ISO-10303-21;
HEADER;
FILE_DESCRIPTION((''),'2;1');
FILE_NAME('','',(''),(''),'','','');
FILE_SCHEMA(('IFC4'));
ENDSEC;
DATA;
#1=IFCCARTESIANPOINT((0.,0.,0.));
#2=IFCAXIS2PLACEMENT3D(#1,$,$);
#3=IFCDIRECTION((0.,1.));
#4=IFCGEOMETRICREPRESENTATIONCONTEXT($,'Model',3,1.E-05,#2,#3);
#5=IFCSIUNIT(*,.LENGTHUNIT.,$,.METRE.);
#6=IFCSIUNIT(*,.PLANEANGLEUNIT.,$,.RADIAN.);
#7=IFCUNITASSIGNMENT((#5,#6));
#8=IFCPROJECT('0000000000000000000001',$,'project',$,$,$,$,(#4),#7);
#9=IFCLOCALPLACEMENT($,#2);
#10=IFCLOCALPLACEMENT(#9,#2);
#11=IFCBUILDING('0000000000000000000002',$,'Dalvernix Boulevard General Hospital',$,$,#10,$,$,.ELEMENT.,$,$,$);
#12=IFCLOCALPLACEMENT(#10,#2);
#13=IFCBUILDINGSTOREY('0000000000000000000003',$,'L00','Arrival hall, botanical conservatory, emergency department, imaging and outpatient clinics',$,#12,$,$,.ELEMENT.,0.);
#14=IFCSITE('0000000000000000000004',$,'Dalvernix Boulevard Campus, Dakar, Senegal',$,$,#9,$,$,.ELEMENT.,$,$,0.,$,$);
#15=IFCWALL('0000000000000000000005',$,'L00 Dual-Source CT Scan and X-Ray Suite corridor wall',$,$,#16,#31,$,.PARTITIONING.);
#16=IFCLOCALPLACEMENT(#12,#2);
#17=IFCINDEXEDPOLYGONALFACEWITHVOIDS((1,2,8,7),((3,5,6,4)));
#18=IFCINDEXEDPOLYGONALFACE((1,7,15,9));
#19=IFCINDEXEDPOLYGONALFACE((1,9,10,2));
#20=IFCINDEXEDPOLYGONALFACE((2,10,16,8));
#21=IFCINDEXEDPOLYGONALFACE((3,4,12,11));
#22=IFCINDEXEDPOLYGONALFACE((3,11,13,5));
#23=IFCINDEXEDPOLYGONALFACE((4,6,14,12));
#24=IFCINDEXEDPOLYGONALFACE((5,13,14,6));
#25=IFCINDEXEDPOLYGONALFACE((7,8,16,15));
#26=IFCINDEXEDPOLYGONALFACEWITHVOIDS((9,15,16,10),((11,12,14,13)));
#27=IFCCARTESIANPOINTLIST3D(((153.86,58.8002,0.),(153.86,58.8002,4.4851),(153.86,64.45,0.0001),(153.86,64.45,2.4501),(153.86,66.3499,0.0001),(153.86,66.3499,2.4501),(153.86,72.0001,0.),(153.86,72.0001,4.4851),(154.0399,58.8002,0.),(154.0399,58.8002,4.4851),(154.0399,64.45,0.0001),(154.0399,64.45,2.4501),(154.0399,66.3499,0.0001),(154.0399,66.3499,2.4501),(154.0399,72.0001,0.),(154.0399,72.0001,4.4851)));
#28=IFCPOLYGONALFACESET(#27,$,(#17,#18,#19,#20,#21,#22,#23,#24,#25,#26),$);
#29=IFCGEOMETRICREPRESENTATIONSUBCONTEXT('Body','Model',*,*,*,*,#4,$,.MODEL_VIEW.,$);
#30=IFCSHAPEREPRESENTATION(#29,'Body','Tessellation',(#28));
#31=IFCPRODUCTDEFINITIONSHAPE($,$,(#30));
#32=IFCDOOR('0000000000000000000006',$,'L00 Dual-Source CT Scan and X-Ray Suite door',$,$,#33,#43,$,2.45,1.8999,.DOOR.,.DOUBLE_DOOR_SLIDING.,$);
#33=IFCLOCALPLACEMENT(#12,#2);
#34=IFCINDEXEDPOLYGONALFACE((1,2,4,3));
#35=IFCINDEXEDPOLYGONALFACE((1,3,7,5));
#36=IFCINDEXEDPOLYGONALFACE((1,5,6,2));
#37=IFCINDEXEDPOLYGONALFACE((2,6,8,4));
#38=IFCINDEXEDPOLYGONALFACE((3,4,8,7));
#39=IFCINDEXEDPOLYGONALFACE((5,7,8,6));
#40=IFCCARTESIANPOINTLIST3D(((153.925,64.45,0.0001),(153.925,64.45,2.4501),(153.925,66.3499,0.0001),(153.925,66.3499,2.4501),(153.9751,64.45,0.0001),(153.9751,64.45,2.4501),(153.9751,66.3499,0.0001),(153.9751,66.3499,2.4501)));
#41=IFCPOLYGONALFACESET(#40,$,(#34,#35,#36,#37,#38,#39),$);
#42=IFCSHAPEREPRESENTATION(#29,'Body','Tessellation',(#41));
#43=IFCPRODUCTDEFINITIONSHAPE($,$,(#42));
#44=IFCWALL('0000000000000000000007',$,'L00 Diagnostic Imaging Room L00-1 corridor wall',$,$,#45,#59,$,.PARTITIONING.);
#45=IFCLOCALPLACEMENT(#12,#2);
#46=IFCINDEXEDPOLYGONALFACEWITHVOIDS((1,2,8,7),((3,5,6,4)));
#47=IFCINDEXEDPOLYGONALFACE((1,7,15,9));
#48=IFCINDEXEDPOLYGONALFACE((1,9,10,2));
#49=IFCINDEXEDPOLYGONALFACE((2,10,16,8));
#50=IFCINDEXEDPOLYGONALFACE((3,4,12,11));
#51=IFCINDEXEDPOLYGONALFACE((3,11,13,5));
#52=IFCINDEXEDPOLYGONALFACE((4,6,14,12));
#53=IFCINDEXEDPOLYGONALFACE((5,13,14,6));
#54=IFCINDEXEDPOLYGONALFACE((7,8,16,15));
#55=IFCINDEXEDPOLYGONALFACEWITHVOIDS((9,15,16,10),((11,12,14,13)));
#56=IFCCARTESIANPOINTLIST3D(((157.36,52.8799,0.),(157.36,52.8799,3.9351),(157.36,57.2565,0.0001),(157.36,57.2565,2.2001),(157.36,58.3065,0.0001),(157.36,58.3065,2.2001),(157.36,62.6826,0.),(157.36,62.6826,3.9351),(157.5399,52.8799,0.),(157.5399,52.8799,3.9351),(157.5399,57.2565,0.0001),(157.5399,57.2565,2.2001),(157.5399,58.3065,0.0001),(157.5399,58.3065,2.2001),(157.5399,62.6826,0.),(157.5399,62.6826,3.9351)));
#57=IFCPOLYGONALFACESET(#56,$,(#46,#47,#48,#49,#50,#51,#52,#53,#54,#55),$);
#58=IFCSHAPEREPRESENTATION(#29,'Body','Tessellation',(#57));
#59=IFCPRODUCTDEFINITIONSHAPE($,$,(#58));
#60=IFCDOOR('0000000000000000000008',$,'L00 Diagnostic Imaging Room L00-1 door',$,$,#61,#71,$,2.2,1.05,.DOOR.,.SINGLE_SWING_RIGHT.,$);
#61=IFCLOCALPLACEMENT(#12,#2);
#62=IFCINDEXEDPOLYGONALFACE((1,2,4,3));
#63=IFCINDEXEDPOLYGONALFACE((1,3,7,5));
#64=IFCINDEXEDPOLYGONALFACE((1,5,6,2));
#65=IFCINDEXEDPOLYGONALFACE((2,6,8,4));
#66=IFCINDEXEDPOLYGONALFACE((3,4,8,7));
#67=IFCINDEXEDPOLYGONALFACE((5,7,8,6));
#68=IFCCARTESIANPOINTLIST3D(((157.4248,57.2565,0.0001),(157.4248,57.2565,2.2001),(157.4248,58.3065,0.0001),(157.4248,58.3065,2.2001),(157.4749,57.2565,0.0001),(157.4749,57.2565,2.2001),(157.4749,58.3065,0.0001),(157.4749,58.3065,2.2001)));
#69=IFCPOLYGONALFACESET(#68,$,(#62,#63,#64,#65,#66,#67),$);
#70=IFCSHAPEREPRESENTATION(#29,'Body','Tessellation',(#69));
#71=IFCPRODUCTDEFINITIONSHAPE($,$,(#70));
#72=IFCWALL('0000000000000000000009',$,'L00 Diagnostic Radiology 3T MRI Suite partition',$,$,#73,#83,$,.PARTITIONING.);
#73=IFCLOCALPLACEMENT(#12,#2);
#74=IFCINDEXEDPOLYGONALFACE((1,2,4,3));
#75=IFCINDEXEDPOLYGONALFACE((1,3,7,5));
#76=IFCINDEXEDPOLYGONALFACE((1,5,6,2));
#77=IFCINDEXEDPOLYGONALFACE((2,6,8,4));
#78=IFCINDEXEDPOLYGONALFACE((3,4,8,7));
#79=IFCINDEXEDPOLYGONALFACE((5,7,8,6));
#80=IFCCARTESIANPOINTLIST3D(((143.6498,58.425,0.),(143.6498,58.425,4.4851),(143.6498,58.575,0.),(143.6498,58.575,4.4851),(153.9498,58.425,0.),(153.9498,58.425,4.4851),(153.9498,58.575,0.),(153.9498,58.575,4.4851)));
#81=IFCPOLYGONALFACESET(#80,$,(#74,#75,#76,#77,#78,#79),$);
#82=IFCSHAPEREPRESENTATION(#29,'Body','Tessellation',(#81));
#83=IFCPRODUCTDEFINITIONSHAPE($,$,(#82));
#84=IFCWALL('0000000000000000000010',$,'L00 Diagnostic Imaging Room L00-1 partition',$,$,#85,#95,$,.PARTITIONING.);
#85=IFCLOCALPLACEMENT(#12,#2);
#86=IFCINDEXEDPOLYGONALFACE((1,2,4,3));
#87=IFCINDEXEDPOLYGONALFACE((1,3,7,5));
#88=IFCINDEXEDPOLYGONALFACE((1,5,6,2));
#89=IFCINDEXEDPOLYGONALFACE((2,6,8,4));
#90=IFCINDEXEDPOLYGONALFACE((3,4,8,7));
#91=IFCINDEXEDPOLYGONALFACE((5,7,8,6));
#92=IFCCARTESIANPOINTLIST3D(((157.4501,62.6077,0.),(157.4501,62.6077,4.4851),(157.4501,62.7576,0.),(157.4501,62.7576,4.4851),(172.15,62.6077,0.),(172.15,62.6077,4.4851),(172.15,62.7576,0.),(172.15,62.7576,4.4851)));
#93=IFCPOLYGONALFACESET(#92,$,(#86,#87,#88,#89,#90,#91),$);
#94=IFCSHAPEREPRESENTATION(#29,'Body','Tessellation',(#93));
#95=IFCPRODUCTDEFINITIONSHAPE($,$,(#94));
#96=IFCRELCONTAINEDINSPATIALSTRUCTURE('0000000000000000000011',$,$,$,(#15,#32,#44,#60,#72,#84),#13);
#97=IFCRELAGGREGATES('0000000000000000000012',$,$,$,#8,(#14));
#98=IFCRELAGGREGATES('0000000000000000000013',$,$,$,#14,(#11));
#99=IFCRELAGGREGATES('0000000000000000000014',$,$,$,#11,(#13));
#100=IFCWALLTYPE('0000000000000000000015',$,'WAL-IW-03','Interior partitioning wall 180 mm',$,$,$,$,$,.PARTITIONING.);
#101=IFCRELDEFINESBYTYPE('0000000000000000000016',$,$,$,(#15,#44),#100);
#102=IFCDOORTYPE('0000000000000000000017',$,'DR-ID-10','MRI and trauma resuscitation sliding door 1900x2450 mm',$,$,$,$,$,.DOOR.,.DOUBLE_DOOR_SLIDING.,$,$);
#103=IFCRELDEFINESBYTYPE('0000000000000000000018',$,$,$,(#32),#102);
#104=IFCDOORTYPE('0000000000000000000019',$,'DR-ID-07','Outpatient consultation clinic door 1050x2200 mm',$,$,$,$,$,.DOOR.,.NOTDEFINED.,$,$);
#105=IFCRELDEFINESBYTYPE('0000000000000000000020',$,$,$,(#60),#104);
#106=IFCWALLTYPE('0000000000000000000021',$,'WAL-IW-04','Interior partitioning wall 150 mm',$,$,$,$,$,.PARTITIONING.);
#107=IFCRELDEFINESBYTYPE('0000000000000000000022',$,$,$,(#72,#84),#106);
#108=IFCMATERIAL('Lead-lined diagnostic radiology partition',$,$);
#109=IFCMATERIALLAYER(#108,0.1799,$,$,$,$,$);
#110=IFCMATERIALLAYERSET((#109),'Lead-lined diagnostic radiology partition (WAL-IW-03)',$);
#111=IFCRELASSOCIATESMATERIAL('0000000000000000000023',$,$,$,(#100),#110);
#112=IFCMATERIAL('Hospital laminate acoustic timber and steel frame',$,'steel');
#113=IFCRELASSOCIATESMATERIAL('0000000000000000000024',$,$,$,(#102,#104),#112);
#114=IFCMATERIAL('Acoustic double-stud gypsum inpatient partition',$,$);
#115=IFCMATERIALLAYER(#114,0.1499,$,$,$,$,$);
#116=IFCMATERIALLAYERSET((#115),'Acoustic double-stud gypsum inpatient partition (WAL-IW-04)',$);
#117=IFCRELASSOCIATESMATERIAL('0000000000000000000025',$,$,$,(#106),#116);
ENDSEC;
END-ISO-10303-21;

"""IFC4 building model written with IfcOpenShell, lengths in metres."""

from ifc_helpers import new_model, si_unit, direction, frame, frame_2d, origin, place, context, subcontext, project, spatial, rectangle, extrude, material, layer, layer_set, type_object, element, fill, save


model = new_model("IFC4")

# Units and contexts
model_context = context("Model", 3, precision=1e-05, world=origin(), true_north=direction((0.0, 1.0)))
body_context = subcontext(model_context, "Body", "Model", "MODEL_VIEW")
ifc_project = project(units=[si_unit("LENGTHUNIT", "METRE"), si_unit("PLANEANGLEUNIT", "RADIAN")], contexts=[model_context])

# Site, building, storey
site_placement = place(None, origin())
site = spatial("IfcSite", under=ifc_project, at=site_placement, Name="Dalvernix Boulevard Campus, Dakar, Senegal", CompositionType="ELEMENT", RefElevation=0.0)
building_placement = place(site_placement, origin())
building = spatial("IfcBuilding", under=site, at=building_placement, Name="Dalvernix Boulevard General Hospital", CompositionType="ELEMENT")
storey_placement = place(building_placement, origin())
storey = spatial("IfcBuildingStorey", under=building, at=storey_placement, Name="L00", Description="Arrival hall, botanical conservatory, emergency department, imaging and outpatient clinics", CompositionType="ELEMENT", Elevation=0.0)

# Walls, openings, doors
ifc_material_1 = material(Name="Lead-lined diagnostic radiology partition")
ifc_layer_1 = layer(ifc_material_1, 0.1799)
ifc_layer_set_1 = layer_set([ifc_layer_1], Name="Lead-lined diagnostic radiology partition (WAL-IW-03)")
wall_type_1 = type_object("IfcWallType", Name="WAL-IW-03", Description="Interior partitioning wall 180 mm", PredefinedType="PARTITIONING", material=ifc_layer_set_1)
wall_1_placement = place(storey_placement, frame((153.95, 58.8, 0.0), z_axis=(0.0, 0.0, 1.0), x_axis=(0.0, 1.0, 0.0)))
wall_1 = element("IfcWall", 1, at=wall_1_placement, inside=storey, type_object=wall_type_1, Name="L00 Dual-Source CT Scan and X-Ray Suite corridor wall", PredefinedType="PARTITIONING", context=body_context, shape_type="SweptSolid", body=[
    extrude(rectangle(XDim=13.2, YDim=0.1799, at=frame_2d((6.6001, 0.0))), origin(), (0.0, 0.0, 1.0), 4.4851),
])
opening_1_placement = place(wall_1_placement, frame((5.6499, 0.0, 0.0)))
opening_1 = element("IfcOpeningElement", 2, at=opening_1_placement, cuts=wall_1, PredefinedType="OPENING", context=body_context, shape_type="SweptSolid", body=[
    extrude(rectangle(XDim=1.8999, YDim=2.45, at=frame_2d((0.95, 1.2251))), frame((0.0, 0.0999, 0.0), z_axis=(0.0, -1.0, 0.0), x_axis=(1.0, 0.0, 0.0)), (0.0, 0.0, 1.0), 0.2),
])
ifc_material_2 = material(Name="Hospital laminate acoustic timber and steel frame", Category="steel")
door_type_1 = type_object("IfcDoorType", Name="DR-ID-10", Description="MRI and trauma resuscitation sliding door 1900x2450 mm", OperationType="DOUBLE_DOOR_SLIDING", PredefinedType="DOOR", material=ifc_material_2)
door_1_placement = place(opening_1_placement, origin())
door_1 = element("IfcDoor", 3, at=door_1_placement, inside=storey, type_object=door_type_1, Name="L00 Dual-Source CT Scan and X-Ray Suite door", OperationType="DOUBLE_DOOR_SLIDING", OverallHeight=2.45, OverallWidth=1.8999, PredefinedType="DOOR", context=body_context, shape_type="SweptSolid", body=[
    extrude(rectangle(XDim=1.8999, YDim=2.45, at=frame_2d((0.95, 1.2251))), frame((0.0, 0.0249, 0.0), z_axis=(0.0, -1.0, 0.0), x_axis=(1.0, 0.0, 0.0)), (0.0, 0.0, 1.0), 0.05),
])
fill(opening_1, door_1)
wall_2_placement = place(storey_placement, frame((157.45, 62.6826, 0.0), z_axis=(0.0, 0.0, 1.0), x_axis=(0.0, -1.0, 0.0)))
wall_2 = element("IfcWall", 4, at=wall_2_placement, inside=storey, type_object=wall_type_1, Name="L00 Diagnostic Imaging Room L00-1 corridor wall", PredefinedType="PARTITIONING", context=body_context, shape_type="SweptSolid", body=[
    extrude(rectangle(XDim=9.8027, YDim=0.1799, at=frame_2d((4.9014, 0.0))), origin(), (0.0, 0.0, 1.0), 3.9351),
])
opening_2_placement = place(wall_2_placement, frame((4.3762, 0.0, 0.0)))
opening_2 = element("IfcOpeningElement", 5, at=opening_2_placement, cuts=wall_2, PredefinedType="OPENING", context=body_context, shape_type="SweptSolid", body=[
    extrude(rectangle(XDim=1.05, YDim=2.2, at=frame_2d((0.5249, 1.1001))), frame((0.0, 0.0999, 0.0), z_axis=(0.0, -1.0, 0.0), x_axis=(1.0, 0.0, 0.0)), (0.0, 0.0, 1.0), 0.2),
])
door_type_2 = type_object("IfcDoorType", Name="DR-ID-07", Description="Outpatient consultation clinic door 1050x2200 mm", OperationType="NOTDEFINED", PredefinedType="DOOR", material=ifc_material_2)
door_2_placement = place(opening_2_placement, origin())
door_2 = element("IfcDoor", 6, at=door_2_placement, inside=storey, type_object=door_type_2, Name="L00 Diagnostic Imaging Room L00-1 door", OperationType="SINGLE_SWING_RIGHT", OverallHeight=2.2, OverallWidth=1.05, PredefinedType="DOOR", context=body_context, shape_type="SweptSolid", body=[
    extrude(rectangle(XDim=1.05, YDim=2.2, at=frame_2d((0.5249, 1.1001))), frame((0.0, 0.0249, 0.0), z_axis=(0.0, -1.0, 0.0), x_axis=(1.0, 0.0, 0.0)), (0.0, 0.0, 1.0), 0.05),
])
fill(opening_2, door_2)

# Walls
ifc_material_3 = material(Name="Acoustic double-stud gypsum inpatient partition")
ifc_layer_2 = layer(ifc_material_3, 0.1499)
ifc_layer_set_2 = layer_set([ifc_layer_2], Name="Acoustic double-stud gypsum inpatient partition (WAL-IW-04)")
wall_type_2 = type_object("IfcWallType", Name="WAL-IW-04", Description="Interior partitioning wall 150 mm", PredefinedType="PARTITIONING", material=ifc_layer_set_2)
wall_3_placement = place(storey_placement, frame((143.6499, 58.5, 0.0), z_axis=(0.0, 0.0, 1.0), x_axis=(1.0, 0.0, 0.0)))
element("IfcWall", 7, at=wall_3_placement, inside=storey, type_object=wall_type_2, Name="L00 Diagnostic Radiology 3T MRI Suite partition", PredefinedType="PARTITIONING", context=body_context, shape_type="SweptSolid", body=[
    extrude(rectangle(XDim=10.3, YDim=0.1499, at=frame_2d((5.1499, 0.0))), origin(), (0.0, 0.0, 1.0), 4.4851),
])
wall_4_placement = place(storey_placement, frame((157.45, 62.6826, 0.0), z_axis=(0.0, 0.0, 1.0), x_axis=(1.0, 0.0, 0.0)))
element("IfcWall", 8, at=wall_4_placement, inside=storey, type_object=wall_type_2, Name="L00 Diagnostic Imaging Room L00-1 partition", PredefinedType="PARTITIONING", context=body_context, shape_type="SweptSolid", body=[
    extrude(rectangle(XDim=14.7, YDim=0.1499, at=frame_2d((7.3501, 0.0))), origin(), (0.0, 0.0, 1.0), 4.4851),
])

save(model, "model.ifc")
